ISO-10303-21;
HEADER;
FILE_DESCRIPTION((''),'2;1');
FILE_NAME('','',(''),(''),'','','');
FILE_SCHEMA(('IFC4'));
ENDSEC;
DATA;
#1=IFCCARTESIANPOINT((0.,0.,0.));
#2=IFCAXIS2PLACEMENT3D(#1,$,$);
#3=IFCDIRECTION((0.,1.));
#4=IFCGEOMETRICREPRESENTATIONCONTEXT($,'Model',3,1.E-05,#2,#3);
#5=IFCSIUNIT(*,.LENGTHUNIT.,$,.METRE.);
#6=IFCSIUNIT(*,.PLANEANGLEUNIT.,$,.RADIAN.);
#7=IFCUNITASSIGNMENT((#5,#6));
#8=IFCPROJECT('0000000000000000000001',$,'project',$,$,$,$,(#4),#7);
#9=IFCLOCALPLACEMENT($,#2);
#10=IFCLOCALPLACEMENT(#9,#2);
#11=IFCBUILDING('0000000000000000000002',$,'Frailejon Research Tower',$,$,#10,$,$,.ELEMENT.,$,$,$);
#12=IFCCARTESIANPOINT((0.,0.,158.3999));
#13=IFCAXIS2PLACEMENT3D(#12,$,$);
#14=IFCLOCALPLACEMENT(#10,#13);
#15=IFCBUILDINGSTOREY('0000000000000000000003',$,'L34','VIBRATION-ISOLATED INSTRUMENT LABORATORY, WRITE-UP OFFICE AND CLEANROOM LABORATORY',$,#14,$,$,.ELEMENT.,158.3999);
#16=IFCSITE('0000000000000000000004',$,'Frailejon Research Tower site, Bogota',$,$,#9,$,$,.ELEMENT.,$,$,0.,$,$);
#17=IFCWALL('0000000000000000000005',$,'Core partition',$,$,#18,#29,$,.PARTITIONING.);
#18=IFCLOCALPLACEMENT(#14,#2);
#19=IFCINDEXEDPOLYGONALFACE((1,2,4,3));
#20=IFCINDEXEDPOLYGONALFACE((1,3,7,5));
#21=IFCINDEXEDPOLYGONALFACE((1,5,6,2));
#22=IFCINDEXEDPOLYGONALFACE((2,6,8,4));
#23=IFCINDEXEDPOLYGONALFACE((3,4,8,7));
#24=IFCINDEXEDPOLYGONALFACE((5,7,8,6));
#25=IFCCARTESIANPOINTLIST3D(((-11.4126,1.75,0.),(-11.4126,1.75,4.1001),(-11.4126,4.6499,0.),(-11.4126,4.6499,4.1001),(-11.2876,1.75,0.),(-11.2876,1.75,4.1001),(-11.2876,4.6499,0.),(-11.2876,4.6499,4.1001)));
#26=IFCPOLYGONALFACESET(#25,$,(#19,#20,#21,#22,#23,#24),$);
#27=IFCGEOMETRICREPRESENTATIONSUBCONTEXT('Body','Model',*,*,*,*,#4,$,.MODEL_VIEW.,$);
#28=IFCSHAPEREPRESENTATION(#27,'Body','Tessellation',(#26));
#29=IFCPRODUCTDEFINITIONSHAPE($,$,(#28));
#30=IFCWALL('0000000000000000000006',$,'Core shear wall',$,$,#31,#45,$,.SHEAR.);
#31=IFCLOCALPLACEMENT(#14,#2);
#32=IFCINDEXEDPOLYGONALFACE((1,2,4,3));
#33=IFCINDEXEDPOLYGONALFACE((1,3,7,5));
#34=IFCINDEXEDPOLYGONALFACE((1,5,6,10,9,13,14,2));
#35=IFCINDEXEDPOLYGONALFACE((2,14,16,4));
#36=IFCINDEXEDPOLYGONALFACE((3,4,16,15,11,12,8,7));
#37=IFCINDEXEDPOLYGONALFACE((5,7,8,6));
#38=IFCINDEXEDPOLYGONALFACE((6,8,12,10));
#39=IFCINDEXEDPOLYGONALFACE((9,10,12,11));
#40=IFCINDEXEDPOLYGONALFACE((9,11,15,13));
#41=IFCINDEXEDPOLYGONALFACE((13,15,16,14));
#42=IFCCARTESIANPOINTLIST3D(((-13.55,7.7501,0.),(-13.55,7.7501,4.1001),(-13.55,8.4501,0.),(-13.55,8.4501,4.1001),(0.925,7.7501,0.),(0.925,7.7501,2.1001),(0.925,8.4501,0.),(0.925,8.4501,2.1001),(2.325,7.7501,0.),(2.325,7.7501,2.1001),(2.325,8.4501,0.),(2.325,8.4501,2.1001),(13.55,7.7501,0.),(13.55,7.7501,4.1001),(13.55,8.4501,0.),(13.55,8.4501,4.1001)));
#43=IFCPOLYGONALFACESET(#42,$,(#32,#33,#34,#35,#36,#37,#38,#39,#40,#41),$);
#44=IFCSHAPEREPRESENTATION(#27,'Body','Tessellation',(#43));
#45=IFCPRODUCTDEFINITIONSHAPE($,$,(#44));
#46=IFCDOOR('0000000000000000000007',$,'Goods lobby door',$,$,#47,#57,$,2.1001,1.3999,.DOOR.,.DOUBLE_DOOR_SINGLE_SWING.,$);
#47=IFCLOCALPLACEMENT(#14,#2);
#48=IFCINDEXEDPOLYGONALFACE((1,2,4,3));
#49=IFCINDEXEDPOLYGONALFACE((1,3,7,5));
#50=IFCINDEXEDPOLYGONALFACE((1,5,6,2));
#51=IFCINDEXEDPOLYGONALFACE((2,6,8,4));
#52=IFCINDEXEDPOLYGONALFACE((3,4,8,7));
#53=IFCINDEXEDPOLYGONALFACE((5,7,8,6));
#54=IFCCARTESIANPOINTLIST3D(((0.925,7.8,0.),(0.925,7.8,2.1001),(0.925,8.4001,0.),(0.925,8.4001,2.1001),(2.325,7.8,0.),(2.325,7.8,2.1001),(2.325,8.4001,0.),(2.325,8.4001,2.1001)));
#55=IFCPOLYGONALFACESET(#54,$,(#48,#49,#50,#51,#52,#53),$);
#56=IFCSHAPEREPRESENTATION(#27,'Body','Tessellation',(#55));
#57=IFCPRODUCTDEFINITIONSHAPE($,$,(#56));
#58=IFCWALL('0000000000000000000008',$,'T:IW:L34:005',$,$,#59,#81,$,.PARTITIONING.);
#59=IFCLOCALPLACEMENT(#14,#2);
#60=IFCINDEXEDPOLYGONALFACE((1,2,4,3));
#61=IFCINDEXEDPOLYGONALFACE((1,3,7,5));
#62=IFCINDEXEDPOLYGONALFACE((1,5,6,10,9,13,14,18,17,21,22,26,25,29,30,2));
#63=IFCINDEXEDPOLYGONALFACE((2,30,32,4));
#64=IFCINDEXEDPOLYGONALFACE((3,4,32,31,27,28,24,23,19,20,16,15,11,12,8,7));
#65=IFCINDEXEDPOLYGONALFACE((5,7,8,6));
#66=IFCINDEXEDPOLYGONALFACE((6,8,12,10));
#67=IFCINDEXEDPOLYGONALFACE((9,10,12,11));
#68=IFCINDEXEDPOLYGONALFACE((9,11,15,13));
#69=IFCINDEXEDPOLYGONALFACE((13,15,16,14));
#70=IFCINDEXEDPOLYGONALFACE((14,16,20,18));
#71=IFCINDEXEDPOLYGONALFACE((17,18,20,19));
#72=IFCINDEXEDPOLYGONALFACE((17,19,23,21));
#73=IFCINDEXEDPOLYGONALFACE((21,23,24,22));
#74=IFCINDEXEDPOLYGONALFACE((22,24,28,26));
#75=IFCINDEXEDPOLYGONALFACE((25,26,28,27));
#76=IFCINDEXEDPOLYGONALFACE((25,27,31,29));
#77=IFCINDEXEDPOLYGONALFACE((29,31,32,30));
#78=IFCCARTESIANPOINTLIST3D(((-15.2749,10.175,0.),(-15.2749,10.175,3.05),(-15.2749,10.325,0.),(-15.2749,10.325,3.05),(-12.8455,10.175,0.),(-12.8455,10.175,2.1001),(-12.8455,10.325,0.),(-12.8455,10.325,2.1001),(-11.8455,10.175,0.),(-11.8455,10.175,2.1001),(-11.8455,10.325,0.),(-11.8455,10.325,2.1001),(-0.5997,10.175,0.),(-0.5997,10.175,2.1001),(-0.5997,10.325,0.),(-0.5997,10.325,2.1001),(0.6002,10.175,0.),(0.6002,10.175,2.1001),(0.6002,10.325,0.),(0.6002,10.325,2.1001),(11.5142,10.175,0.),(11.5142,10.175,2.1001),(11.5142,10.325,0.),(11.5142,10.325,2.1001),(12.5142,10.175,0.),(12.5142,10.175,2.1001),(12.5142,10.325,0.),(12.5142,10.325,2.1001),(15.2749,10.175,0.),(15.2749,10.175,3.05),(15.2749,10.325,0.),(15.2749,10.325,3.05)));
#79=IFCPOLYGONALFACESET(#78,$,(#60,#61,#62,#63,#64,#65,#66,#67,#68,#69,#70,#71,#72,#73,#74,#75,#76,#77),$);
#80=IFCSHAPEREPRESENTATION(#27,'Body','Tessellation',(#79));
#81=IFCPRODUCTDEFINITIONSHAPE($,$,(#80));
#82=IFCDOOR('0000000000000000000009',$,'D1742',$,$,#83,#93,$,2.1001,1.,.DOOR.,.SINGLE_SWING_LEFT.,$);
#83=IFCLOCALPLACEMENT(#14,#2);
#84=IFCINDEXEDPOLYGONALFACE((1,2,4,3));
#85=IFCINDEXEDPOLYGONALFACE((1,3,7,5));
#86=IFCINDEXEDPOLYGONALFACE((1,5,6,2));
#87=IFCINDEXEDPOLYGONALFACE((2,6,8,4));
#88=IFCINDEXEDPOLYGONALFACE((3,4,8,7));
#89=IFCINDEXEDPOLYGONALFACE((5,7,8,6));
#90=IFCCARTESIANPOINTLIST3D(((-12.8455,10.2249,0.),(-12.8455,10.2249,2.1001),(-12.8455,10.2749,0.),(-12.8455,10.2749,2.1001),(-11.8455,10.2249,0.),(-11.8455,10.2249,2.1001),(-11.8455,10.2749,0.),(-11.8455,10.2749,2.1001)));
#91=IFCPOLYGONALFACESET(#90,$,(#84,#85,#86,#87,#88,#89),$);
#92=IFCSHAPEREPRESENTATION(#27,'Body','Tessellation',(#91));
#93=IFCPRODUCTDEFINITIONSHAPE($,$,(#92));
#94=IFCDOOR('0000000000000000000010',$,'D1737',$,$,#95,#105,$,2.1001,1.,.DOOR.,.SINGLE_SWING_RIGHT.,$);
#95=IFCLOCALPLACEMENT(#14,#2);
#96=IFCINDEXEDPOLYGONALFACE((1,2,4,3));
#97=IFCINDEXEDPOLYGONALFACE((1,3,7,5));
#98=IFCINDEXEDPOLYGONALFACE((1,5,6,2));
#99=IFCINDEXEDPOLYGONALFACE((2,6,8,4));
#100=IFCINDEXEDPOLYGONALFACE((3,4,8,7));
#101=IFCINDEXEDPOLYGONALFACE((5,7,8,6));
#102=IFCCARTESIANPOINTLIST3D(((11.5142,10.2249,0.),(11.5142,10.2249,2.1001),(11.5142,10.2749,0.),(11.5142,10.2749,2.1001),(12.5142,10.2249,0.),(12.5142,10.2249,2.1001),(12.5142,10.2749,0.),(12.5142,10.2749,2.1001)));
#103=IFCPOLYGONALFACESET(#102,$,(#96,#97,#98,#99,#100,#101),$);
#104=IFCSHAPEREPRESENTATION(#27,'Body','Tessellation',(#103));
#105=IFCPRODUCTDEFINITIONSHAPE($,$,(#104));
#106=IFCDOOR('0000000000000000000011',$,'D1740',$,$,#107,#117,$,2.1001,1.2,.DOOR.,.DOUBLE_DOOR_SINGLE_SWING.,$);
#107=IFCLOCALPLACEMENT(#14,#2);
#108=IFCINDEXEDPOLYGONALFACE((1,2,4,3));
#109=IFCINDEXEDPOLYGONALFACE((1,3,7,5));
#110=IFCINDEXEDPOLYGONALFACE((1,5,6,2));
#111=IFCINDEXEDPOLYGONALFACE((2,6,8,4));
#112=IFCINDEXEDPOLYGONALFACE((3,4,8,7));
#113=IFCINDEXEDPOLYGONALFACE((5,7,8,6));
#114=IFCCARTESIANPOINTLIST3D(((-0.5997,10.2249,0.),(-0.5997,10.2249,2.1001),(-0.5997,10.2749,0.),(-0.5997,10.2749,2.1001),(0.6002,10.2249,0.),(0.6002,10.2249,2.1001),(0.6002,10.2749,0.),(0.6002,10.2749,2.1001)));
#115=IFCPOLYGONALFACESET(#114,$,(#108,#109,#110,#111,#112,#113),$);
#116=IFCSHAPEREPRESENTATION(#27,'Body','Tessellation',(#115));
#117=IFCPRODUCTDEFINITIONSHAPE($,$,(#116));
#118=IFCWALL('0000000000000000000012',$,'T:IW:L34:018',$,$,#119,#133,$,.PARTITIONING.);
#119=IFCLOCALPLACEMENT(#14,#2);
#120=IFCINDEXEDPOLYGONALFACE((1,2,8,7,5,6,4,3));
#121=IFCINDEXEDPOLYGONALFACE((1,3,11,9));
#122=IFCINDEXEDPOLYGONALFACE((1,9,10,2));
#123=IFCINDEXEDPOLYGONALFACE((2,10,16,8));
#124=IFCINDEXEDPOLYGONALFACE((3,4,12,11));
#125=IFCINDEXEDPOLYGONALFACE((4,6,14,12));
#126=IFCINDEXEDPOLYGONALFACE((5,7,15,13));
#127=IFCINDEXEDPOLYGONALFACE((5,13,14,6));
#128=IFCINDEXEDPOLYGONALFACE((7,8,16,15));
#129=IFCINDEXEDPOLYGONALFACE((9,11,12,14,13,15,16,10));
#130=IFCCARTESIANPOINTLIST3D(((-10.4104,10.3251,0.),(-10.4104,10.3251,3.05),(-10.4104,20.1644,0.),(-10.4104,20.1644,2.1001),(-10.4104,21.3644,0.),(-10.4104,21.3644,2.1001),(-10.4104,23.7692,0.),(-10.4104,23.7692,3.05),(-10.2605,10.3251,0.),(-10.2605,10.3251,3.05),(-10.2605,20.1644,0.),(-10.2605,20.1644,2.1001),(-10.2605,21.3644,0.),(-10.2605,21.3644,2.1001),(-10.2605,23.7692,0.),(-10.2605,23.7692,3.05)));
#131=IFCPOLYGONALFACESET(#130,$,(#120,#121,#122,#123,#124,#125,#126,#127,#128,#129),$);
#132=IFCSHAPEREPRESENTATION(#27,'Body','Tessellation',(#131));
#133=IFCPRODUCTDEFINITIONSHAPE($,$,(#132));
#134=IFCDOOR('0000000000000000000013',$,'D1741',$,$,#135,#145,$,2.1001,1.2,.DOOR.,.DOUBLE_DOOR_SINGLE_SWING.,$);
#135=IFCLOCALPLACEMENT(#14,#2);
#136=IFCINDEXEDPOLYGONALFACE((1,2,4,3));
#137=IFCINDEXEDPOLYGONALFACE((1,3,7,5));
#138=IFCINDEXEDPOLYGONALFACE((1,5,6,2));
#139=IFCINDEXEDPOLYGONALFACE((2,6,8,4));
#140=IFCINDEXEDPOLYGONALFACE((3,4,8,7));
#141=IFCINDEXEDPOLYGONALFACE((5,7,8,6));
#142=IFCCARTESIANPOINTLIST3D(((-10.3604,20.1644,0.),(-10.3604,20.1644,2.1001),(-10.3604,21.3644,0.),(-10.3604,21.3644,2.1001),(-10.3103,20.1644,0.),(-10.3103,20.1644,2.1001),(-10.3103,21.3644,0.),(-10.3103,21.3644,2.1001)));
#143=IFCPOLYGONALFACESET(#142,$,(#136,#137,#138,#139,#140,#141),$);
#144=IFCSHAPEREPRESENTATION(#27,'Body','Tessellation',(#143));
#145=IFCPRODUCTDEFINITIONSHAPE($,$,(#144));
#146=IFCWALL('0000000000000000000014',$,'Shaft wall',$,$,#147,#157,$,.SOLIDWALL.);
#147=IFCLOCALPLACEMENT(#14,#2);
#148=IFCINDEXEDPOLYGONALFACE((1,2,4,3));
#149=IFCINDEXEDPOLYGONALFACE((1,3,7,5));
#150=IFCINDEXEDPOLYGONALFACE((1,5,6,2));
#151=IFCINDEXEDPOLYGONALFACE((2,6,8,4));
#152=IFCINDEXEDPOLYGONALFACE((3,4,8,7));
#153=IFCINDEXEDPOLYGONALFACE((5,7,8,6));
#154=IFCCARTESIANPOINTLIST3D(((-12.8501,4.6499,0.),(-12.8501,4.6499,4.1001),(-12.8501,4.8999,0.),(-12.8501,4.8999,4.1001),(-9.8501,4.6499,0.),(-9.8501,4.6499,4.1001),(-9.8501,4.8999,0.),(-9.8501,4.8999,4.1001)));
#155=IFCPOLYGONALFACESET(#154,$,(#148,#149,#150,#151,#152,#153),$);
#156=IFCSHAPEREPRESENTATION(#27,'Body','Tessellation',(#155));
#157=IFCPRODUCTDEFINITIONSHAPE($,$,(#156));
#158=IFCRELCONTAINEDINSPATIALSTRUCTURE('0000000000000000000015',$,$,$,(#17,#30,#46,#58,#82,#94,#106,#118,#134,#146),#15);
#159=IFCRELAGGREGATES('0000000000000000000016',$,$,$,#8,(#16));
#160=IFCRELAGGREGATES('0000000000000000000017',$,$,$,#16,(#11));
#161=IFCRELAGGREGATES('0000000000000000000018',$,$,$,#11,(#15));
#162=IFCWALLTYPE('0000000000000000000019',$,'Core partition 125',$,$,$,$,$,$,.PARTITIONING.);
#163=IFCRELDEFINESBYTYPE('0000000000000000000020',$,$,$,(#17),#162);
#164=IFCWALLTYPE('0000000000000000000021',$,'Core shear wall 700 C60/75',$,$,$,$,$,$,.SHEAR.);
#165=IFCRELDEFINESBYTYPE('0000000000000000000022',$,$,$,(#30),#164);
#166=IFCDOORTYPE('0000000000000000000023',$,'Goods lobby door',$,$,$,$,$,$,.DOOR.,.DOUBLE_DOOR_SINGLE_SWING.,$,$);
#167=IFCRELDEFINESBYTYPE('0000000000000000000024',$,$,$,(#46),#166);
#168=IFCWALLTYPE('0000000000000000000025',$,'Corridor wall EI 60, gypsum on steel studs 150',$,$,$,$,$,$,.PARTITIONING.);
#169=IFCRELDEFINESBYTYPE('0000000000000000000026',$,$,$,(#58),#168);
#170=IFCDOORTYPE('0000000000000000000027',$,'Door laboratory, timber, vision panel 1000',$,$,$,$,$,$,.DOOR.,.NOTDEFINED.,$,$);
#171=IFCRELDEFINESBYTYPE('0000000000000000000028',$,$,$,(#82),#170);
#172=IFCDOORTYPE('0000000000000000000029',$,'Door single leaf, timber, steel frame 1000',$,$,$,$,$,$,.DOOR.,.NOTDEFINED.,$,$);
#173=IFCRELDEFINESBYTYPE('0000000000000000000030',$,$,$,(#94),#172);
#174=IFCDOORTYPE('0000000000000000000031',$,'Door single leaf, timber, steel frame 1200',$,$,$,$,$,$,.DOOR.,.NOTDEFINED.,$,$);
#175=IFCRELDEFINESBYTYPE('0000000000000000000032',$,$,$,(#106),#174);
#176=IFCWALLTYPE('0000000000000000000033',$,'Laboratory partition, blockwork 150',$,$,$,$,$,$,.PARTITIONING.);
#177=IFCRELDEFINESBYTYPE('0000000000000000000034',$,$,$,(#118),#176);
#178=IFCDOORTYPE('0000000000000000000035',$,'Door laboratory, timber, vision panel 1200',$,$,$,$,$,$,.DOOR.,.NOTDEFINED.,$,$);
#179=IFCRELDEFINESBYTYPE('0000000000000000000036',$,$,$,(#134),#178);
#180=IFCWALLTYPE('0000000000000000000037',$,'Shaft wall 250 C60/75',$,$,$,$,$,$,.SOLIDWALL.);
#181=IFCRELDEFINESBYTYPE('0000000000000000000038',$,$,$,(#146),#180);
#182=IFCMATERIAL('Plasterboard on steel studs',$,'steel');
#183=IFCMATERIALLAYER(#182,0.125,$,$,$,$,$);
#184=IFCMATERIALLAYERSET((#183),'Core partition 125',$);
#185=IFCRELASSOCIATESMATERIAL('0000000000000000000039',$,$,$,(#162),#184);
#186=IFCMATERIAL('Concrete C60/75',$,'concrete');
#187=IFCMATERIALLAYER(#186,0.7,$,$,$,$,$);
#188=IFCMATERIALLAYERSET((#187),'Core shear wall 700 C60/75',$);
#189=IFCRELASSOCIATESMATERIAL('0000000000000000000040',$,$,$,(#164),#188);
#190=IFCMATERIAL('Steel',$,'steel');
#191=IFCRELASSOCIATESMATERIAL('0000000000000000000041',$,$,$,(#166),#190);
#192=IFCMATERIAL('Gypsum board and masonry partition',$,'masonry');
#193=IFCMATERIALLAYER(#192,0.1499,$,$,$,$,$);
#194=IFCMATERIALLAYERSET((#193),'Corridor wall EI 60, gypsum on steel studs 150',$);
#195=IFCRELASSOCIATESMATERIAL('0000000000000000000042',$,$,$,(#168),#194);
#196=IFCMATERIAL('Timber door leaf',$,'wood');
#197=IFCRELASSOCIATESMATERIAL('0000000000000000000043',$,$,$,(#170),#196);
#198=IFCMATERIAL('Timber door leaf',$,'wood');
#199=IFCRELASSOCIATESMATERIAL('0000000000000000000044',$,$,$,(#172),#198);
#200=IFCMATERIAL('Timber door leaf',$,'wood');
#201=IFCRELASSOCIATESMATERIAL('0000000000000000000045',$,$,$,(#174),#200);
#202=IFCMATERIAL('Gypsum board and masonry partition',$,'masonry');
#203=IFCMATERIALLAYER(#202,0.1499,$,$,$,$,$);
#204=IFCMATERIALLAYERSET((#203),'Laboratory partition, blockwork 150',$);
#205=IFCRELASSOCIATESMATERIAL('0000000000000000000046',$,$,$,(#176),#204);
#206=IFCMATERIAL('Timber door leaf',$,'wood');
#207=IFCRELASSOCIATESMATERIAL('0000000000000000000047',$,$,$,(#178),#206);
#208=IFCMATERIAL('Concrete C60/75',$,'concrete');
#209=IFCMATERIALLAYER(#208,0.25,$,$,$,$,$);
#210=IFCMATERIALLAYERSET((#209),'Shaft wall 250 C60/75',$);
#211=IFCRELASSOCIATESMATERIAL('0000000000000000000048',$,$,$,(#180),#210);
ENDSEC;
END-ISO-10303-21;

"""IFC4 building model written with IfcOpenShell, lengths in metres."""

from ifc_helpers import new_model, si_unit, direction, frame, frame_2d, origin, place, context, subcontext, project, spatial, rectangle, extrude, material, layer, layer_set, type_object, element, fill, save


model = new_model("IFC4")

# Units and contexts
model_context = context("Model", 3, precision=1e-05, world=origin(), true_north=direction((0.0, 1.0)))
body_context = subcontext(model_context, "Body", "Model", "MODEL_VIEW")
ifc_project = project(units=[si_unit("LENGTHUNIT", "METRE"), si_unit("PLANEANGLEUNIT", "RADIAN")], contexts=[model_context])

# Site, building, storey
site_placement = place(None, origin())
site = spatial("IfcSite", under=ifc_project, at=site_placement, Name="Frailejon Research Tower site, Bogota", CompositionType="ELEMENT", RefElevation=0.0)
building_placement = place(site_placement, origin())
building = spatial("IfcBuilding", under=site, at=building_placement, Name="Frailejon Research Tower", CompositionType="ELEMENT")
storey_placement = place(building_placement, frame((0.0, 0.0, 158.3999)))
storey = spatial("IfcBuildingStorey", under=building, at=storey_placement, Name="L34", Description="VIBRATION-ISOLATED INSTRUMENT LABORATORY, WRITE-UP OFFICE AND CLEANROOM LABORATORY", CompositionType="ELEMENT", Elevation=158.3999)

# Wall
ifc_material_1 = material(Name="Plasterboard on steel studs", Category="steel")
ifc_layer_1 = layer(ifc_material_1, 0.125)
ifc_layer_set_1 = layer_set([ifc_layer_1], Name="Core partition 125")
wall_type_1 = type_object("IfcWallType", Name="Core partition 125", PredefinedType="PARTITIONING", material=ifc_layer_set_1)
wall_1_placement = place(storey_placement, frame((-11.3501, 1.75, 0.0), z_axis=(0.0, 0.0, 1.0), x_axis=(0.0, 1.0, 0.0)))
element("IfcWall", 1, at=wall_1_placement, inside=storey, type_object=wall_type_1, Name="Core partition", PredefinedType="PARTITIONING", context=body_context, shape_type="SweptSolid", body=[
    extrude(rectangle(XDim=2.8999, YDim=0.125, at=frame_2d((1.45, 0.0))), origin(), (0.0, 0.0, 1.0), 4.1001),
])

# Wall, opening, door
ifc_material_2 = material(Name="Concrete C60/75", Category="concrete")
ifc_layer_2 = layer(ifc_material_2, 0.7)
ifc_layer_set_2 = layer_set([ifc_layer_2], Name="Core shear wall 700 C60/75")
wall_type_2 = type_object("IfcWallType", Name="Core shear wall 700 C60/75", PredefinedType="SHEAR", material=ifc_layer_set_2)
wall_2_placement = place(storey_placement, frame((-13.55, 8.1001, 0.0), z_axis=(0.0, 0.0, 1.0), x_axis=(1.0, 0.0, 0.0)))
wall_2 = element("IfcWall", 2, at=wall_2_placement, inside=storey, type_object=wall_type_2, Name="Core shear wall", PredefinedType="SHEAR", context=body_context, shape_type="SweptSolid", body=[
    extrude(rectangle(XDim=27.1001, YDim=0.7, at=frame_2d((13.55, 0.0))), origin(), (0.0, 0.0, 1.0), 4.1001),
])
opening_1_placement = place(wall_2_placement, frame((14.4751, 0.0, 0.0)))
opening_1 = element("IfcOpeningElement", 3, at=opening_1_placement, cuts=wall_2, PredefinedType="OPENING", context=body_context, shape_type="SweptSolid", body=[
    extrude(rectangle(XDim=1.3999, YDim=2.1001, at=frame_2d((0.7, 1.05))), frame((0.0, 0.3599, 0.0), z_axis=(0.0, -1.0, 0.0), x_axis=(1.0, 0.0, 0.0)), (0.0, 0.0, 1.0), 0.72),
])
ifc_material_3 = material(Name="Steel", Category="steel")
door_type_1 = type_object("IfcDoorType", Name="Goods lobby door", OperationType="DOUBLE_DOOR_SINGLE_SWING", PredefinedType="DOOR", material=ifc_material_3)
door_1_placement = place(opening_1_placement, origin())
door_1 = element("IfcDoor", 4, at=door_1_placement, inside=storey, type_object=door_type_1, Name="Goods lobby door", OperationType="DOUBLE_DOOR_SINGLE_SWING", OverallHeight=2.1001, OverallWidth=1.3999, PredefinedType="DOOR", context=body_context, shape_type="SweptSolid", body=[
    extrude(rectangle(XDim=1.3999, YDim=2.1001, at=frame_2d((0.7, 1.05))), frame((0.0, 0.3, 0.0), z_axis=(0.0, -1.0, 0.0), x_axis=(1.0, 0.0, 0.0)), (0.0, 0.0, 1.0), 0.6001),
])
fill(opening_1, door_1)

# Wall, openings, doors
ifc_material_4 = material(Name="Gypsum board and masonry partition", Category="masonry")
ifc_layer_3 = layer(ifc_material_4, 0.1499)
ifc_layer_set_3 = layer_set([ifc_layer_3], Name="Corridor wall EI 60, gypsum on steel studs 150")
wall_type_3 = type_object("IfcWallType", Name="Corridor wall EI 60, gypsum on steel studs 150", PredefinedType="PARTITIONING", material=ifc_layer_set_3)
wall_3_placement = place(storey_placement, frame((-15.2749, 10.25, 0.0), z_axis=(0.0, 0.0, 1.0), x_axis=(1.0, 0.0, 0.0)))
wall_3 = element("IfcWall", 5, at=wall_3_placement, inside=storey, type_object=wall_type_3, Name="T:IW:L34:005", PredefinedType="PARTITIONING", context=body_context, shape_type="SweptSolid", body=[
    extrude(rectangle(XDim=30.5498, YDim=0.1499, at=frame_2d((15.2749, 0.0))), origin(), (0.0, 0.0, 1.0), 3.05),
])
opening_2_placement = place(wall_3_placement, frame((26.7891, 0.0, 0.0)))
opening_2 = element("IfcOpeningElement", 6, at=opening_2_placement, cuts=wall_3, PredefinedType="OPENING", context=body_context, shape_type="SweptSolid", body=[
    extrude(rectangle(XDim=1.0, YDim=2.1001, at=frame_2d((0.5, 1.05))), frame((0.0, 0.085, 0.0), z_axis=(0.0, -1.0, 0.0), x_axis=(1.0, 0.0, 0.0)), (0.0, 0.0, 1.0), 0.1699),
])
opening_3_placement = place(wall_3_placement, frame((14.675, 0.0, 0.0)))
opening_3 = element("IfcOpeningElement", 7, at=opening_3_placement, cuts=wall_3, PredefinedType="OPENING", context=body_context, shape_type="SweptSolid", body=[
    extrude(rectangle(XDim=1.2, YDim=2.1001, at=frame_2d((0.6001, 1.05))), frame((0.0, 0.085, 0.0), z_axis=(0.0, -1.0, 0.0), x_axis=(1.0, 0.0, 0.0)), (0.0, 0.0, 1.0), 0.1699),
])
opening_4_placement = place(wall_3_placement, frame((2.4294, 0.0, 0.0)))
opening_4 = element("IfcOpeningElement", 8, at=opening_4_placement, cuts=wall_3, PredefinedType="OPENING", context=body_context, shape_type="SweptSolid", body=[
    extrude(rectangle(XDim=1.0, YDim=2.1001, at=frame_2d((0.5, 1.05))), frame((0.0, 0.085, 0.0), z_axis=(0.0, -1.0, 0.0), x_axis=(1.0, 0.0, 0.0)), (0.0, 0.0, 1.0), 0.1699),
])
ifc_material_5 = material(Name="Timber door leaf", Category="wood")
door_type_2 = type_object("IfcDoorType", Name="Door laboratory, timber, vision panel 1000", OperationType="NOTDEFINED", PredefinedType="DOOR", material=ifc_material_5)
door_2_placement = place(opening_4_placement, origin())
door_2 = element("IfcDoor", 9, at=door_2_placement, inside=storey, type_object=door_type_2, Name="D1742", OperationType="SINGLE_SWING_LEFT", OverallHeight=2.1001, OverallWidth=1.0, PredefinedType="DOOR", context=body_context, shape_type="SweptSolid", body=[
    extrude(rectangle(XDim=1.0, YDim=2.1001, at=frame_2d((0.5, 1.05))), frame((0.0, 0.0249, 0.0), z_axis=(0.0, -1.0, 0.0), x_axis=(1.0, 0.0, 0.0)), (0.0, 0.0, 1.0), 0.05),
])
fill(opening_4, door_2)
ifc_material_6 = material(Name="Timber door leaf", Category="wood")
door_type_3 = type_object("IfcDoorType", Name="Door single leaf, timber, steel frame 1000", OperationType="NOTDEFINED", PredefinedType="DOOR", material=ifc_material_6)
door_3_placement = place(opening_2_placement, origin())
door_3 = element("IfcDoor", 10, at=door_3_placement, inside=storey, type_object=door_type_3, Name="D1737", OperationType="SINGLE_SWING_RIGHT", OverallHeight=2.1001, OverallWidth=1.0, PredefinedType="DOOR", context=body_context, shape_type="SweptSolid", body=[
    extrude(rectangle(XDim=1.0, YDim=2.1001, at=frame_2d((0.5, 1.05))), frame((0.0, 0.0249, 0.0), z_axis=(0.0, -1.0, 0.0), x_axis=(1.0, 0.0, 0.0)), (0.0, 0.0, 1.0), 0.05),
])
fill(opening_2, door_3)
ifc_material_7 = material(Name="Timber door leaf", Category="wood")
door_type_4 = type_object("IfcDoorType", Name="Door single leaf, timber, steel frame 1200", OperationType="NOTDEFINED", PredefinedType="DOOR", material=ifc_material_7)
door_4_placement = place(opening_3_placement, origin())
door_4 = element("IfcDoor", 11, at=door_4_placement, inside=storey, type_object=door_type_4, Name="D1740", OperationType="DOUBLE_DOOR_SINGLE_SWING", OverallHeight=2.1001, OverallWidth=1.2, PredefinedType="DOOR", context=body_context, shape_type="SweptSolid", body=[
    extrude(rectangle(XDim=1.2, YDim=2.1001, at=frame_2d((0.6001, 1.05))), frame((0.0, 0.0249, 0.0), z_axis=(0.0, -1.0, 0.0), x_axis=(1.0, 0.0, 0.0)), (0.0, 0.0, 1.0), 0.05),
])
fill(opening_3, door_4)

# Wall, opening, door
ifc_material_8 = material(Name="Gypsum board and masonry partition", Category="masonry")
ifc_layer_4 = layer(ifc_material_8, 0.1499)
ifc_layer_set_4 = layer_set([ifc_layer_4], Name="Laboratory partition, blockwork 150")
wall_type_4 = type_object("IfcWallType", Name="Laboratory partition, blockwork 150", PredefinedType="PARTITIONING", material=ifc_layer_set_4)
wall_4_placement = place(storey_placement, frame((-10.3354, 10.325, 0.0), z_axis=(0.0, 0.0, 1.0), x_axis=(0.0, 1.0, 0.0)))
wall_4 = element("IfcWall", 12, at=wall_4_placement, inside=storey, type_object=wall_type_4, Name="T:IW:L34:018", PredefinedType="PARTITIONING", context=body_context, shape_type="SweptSolid", body=[
    extrude(rectangle(XDim=13.4441, YDim=0.1499, at=frame_2d((6.7222, 0.0))), origin(), (0.0, 0.0, 1.0), 3.05),
])
opening_5_placement = place(wall_4_placement, frame((9.8394, 0.0, 0.0)))
opening_5 = element("IfcOpeningElement", 13, at=opening_5_placement, cuts=wall_4, PredefinedType="OPENING", context=body_context, shape_type="SweptSolid", body=[
    extrude(rectangle(XDim=1.2, YDim=2.1001, at=frame_2d((0.6001, 1.05))), frame((0.0, 0.085, 0.0), z_axis=(0.0, -1.0, 0.0), x_axis=(1.0, 0.0, 0.0)), (0.0, 0.0, 1.0), 0.1699),
])
ifc_material_9 = material(Name="Timber door leaf", Category="wood")
door_type_5 = type_object("IfcDoorType", Name="Door laboratory, timber, vision panel 1200", OperationType="NOTDEFINED", PredefinedType="DOOR", material=ifc_material_9)
door_5_placement = place(opening_5_placement, origin())
door_5 = element("IfcDoor", 14, at=door_5_placement, inside=storey, type_object=door_type_5, Name="D1741", OperationType="DOUBLE_DOOR_SINGLE_SWING", OverallHeight=2.1001, OverallWidth=1.2, PredefinedType="DOOR", context=body_context, shape_type="SweptSolid", body=[
    extrude(rectangle(XDim=1.2, YDim=2.1001, at=frame_2d((0.6001, 1.05))), frame((0.0, 0.0249, 0.0), z_axis=(0.0, -1.0, 0.0), x_axis=(1.0, 0.0, 0.0)), (0.0, 0.0, 1.0), 0.05),
])
fill(opening_5, door_5)

# Wall
ifc_material_10 = material(Name="Concrete C60/75", Category="concrete")
ifc_layer_5 = layer(ifc_material_10, 0.25)
ifc_layer_set_5 = layer_set([ifc_layer_5], Name="Shaft wall 250 C60/75")
wall_type_5 = type_object("IfcWallType", Name="Shaft wall 250 C60/75", PredefinedType="SOLIDWALL", material=ifc_layer_set_5)
wall_5_placement = place(storey_placement, frame((-12.8501, 4.7749, 0.0), z_axis=(0.0, 0.0, 1.0), x_axis=(1.0, 0.0, 0.0)))
element("IfcWall", 15, at=wall_5_placement, inside=storey, type_object=wall_type_5, Name="Shaft wall", PredefinedType="SOLIDWALL", context=body_context, shape_type="SweptSolid", body=[
    extrude(rectangle(XDim=3.0, YDim=0.25, at=frame_2d((1.5, 0.0))), origin(), (0.0, 0.0, 1.0), 4.1001),
])

save(model, "model.ifc")
